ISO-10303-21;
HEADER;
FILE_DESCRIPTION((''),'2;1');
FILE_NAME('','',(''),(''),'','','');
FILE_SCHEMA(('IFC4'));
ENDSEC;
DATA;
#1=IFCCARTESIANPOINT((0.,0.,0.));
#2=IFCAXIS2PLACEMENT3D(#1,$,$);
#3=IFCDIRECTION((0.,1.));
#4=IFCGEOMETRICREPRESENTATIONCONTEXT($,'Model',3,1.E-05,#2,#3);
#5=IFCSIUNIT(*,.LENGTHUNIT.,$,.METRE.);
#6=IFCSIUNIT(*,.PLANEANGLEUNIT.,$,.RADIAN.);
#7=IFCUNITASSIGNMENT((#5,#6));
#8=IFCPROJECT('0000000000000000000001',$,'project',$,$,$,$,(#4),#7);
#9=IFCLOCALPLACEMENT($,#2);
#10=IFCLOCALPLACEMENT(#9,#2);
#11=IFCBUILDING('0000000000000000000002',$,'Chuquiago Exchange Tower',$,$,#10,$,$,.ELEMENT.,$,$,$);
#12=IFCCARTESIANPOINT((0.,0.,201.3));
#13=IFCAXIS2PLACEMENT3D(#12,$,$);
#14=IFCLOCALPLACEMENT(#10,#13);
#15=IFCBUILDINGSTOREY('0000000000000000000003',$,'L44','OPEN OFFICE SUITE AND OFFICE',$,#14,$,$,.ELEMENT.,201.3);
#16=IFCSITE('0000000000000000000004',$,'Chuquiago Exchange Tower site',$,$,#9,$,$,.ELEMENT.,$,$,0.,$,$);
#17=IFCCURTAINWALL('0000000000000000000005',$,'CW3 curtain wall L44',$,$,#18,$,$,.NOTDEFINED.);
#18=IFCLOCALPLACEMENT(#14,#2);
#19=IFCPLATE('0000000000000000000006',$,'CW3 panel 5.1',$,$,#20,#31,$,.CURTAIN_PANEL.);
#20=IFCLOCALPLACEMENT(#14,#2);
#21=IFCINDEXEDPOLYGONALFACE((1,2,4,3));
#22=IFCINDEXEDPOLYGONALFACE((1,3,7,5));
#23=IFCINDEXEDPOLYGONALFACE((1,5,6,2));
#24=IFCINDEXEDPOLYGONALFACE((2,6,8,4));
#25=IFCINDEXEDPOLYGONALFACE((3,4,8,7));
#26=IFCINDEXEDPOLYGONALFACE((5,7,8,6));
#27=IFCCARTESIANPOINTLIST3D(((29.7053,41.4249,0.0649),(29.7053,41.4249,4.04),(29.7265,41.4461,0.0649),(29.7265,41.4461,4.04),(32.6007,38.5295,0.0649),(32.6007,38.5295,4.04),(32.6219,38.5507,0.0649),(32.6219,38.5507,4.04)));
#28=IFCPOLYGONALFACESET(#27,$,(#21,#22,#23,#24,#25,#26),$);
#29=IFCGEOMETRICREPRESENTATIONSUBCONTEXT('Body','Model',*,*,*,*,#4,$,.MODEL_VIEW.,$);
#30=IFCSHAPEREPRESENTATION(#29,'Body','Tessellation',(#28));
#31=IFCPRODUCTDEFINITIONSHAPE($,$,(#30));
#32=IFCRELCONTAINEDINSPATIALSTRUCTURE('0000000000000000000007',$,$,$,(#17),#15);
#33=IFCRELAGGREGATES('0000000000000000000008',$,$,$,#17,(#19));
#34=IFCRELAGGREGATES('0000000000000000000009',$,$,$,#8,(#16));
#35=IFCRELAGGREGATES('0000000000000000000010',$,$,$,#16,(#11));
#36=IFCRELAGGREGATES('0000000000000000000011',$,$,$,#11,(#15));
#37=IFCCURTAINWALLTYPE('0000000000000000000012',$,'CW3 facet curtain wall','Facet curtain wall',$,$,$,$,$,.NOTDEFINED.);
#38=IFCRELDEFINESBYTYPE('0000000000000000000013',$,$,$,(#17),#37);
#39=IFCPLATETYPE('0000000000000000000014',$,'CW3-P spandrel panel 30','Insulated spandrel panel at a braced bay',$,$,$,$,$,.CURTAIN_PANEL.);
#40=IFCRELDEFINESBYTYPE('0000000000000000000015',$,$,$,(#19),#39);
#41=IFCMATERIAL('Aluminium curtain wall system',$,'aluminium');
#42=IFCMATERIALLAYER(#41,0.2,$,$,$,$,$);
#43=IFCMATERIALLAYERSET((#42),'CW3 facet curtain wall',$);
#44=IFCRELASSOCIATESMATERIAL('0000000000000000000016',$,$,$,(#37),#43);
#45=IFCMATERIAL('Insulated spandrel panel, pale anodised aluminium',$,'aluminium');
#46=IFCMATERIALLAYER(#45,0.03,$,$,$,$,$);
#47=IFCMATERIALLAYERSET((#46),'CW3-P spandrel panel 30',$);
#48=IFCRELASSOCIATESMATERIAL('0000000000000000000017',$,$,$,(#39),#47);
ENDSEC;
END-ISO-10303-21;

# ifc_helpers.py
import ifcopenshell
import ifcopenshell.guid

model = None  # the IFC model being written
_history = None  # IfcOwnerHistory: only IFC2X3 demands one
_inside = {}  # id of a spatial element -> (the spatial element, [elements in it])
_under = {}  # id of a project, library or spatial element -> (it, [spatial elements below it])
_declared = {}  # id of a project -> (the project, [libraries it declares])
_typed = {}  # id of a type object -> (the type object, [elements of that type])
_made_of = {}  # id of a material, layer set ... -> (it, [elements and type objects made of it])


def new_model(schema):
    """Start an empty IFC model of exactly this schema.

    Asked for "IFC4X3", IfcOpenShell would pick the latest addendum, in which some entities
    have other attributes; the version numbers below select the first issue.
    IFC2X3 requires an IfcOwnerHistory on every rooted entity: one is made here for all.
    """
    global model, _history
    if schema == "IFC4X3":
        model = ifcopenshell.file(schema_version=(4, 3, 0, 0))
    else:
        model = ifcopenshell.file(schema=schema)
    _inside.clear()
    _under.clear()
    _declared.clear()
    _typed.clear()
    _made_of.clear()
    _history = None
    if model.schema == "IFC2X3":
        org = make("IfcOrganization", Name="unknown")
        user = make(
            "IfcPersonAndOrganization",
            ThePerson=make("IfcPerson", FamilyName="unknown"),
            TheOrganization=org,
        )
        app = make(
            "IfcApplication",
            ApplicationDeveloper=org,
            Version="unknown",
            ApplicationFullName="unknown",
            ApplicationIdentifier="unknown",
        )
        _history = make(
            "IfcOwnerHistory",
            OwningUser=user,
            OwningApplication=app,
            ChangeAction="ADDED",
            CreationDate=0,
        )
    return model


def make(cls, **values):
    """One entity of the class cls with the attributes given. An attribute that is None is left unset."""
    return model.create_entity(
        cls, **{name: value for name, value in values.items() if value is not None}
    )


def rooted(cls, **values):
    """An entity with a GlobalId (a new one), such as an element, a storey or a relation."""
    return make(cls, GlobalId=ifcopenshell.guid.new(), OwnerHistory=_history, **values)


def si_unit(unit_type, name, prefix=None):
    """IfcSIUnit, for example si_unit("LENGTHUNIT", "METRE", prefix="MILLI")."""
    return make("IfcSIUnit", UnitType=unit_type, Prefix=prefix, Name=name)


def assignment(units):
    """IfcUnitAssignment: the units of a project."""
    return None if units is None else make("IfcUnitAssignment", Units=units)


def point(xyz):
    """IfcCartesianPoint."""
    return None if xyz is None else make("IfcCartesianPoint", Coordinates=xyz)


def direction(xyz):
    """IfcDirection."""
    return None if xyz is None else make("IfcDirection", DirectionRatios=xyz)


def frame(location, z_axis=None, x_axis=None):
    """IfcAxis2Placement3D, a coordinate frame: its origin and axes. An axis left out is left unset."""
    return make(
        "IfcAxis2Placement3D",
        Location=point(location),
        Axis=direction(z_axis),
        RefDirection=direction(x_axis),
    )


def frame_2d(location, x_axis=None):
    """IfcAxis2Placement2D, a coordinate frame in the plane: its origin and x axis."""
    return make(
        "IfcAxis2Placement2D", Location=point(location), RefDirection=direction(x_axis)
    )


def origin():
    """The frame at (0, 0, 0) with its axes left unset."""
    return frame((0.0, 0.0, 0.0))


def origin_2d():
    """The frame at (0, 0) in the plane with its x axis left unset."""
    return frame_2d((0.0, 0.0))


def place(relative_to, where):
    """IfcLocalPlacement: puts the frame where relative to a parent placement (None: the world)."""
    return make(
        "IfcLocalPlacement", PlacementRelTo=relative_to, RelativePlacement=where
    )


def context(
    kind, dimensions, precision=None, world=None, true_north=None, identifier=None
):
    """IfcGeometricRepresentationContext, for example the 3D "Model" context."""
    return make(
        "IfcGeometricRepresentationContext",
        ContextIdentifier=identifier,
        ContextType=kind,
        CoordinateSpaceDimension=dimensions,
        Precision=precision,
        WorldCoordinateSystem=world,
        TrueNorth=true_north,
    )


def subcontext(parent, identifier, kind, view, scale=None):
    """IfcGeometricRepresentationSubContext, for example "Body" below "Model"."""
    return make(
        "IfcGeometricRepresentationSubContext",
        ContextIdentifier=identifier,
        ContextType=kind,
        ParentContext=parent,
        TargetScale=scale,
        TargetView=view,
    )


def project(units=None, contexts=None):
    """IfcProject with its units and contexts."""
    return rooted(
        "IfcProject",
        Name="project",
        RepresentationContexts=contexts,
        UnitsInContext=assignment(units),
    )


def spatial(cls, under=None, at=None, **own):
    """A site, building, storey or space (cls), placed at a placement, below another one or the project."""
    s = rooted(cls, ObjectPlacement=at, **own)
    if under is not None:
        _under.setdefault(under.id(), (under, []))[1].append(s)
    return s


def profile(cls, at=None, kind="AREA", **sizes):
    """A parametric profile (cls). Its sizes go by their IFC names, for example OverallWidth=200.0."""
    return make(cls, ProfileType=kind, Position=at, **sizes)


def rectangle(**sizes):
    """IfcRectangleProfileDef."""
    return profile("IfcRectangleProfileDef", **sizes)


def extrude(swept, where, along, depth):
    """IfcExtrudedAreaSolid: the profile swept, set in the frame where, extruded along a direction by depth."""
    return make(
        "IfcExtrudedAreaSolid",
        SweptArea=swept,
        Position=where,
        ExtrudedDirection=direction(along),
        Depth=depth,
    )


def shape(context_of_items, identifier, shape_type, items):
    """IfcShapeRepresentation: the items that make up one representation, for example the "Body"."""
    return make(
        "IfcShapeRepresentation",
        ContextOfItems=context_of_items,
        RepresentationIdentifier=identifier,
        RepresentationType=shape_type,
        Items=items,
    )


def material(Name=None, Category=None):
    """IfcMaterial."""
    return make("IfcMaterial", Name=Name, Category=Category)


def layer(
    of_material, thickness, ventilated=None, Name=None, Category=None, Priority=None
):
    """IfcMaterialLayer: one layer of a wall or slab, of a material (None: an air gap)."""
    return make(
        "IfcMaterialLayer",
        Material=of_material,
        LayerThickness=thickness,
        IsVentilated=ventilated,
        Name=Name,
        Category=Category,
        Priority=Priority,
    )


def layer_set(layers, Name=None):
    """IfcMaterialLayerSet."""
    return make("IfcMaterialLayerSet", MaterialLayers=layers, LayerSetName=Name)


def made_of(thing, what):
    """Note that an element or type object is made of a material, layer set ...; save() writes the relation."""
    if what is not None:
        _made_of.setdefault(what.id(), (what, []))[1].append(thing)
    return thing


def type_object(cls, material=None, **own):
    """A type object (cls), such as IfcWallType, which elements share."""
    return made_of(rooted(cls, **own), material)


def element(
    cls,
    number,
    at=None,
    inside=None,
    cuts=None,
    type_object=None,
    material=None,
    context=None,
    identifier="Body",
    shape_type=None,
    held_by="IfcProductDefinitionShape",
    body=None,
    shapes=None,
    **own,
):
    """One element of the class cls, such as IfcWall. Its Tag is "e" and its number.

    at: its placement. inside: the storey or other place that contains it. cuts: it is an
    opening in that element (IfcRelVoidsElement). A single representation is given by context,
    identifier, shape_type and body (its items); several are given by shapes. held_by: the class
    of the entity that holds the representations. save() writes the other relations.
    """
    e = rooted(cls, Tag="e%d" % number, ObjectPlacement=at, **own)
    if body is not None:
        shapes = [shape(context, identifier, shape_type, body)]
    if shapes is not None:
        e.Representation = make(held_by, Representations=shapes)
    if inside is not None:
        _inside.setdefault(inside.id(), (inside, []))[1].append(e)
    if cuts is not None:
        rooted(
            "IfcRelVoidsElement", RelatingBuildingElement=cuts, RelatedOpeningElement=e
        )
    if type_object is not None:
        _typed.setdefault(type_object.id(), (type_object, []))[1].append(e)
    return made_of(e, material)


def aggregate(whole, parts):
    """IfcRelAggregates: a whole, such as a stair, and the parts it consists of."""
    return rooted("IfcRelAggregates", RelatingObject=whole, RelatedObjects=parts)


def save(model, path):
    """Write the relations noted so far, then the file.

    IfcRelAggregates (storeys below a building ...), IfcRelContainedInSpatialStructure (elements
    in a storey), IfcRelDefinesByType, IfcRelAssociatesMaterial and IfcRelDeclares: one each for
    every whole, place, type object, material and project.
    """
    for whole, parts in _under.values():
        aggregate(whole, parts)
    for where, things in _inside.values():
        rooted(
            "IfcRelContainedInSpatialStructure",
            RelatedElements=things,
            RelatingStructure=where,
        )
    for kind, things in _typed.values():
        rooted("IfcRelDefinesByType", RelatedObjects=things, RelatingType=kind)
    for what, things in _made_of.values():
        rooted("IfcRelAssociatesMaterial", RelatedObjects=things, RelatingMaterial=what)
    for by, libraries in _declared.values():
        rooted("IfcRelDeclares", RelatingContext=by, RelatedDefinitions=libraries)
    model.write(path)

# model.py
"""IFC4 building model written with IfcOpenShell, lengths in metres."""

from ifc_helpers import new_model, si_unit, direction, frame, origin, origin_2d, place, context, subcontext, project, spatial, rectangle, extrude, material, layer, layer_set, type_object, element, aggregate, save


model = new_model("IFC4")

# Units and contexts
model_context = context("Model", 3, precision=1e-05, world=origin(), true_north=direction((0.0, 1.0)))
body_context = subcontext(model_context, "Body", "Model", "MODEL_VIEW")
ifc_project = project(units=[si_unit("LENGTHUNIT", "METRE"), si_unit("PLANEANGLEUNIT", "RADIAN")], contexts=[model_context])

# Site, building, storey
site_placement = place(None, origin())
site = spatial("IfcSite", under=ifc_project, at=site_placement, Name="Chuquiago Exchange Tower site", CompositionType="ELEMENT", RefElevation=0.0)
building_placement = place(site_placement, origin())
building = spatial("IfcBuilding", under=site, at=building_placement, Name="Chuquiago Exchange Tower", CompositionType="ELEMENT")
storey_placement = place(building_placement, frame((0.0, 0.0, 201.3)))
storey = spatial("IfcBuildingStorey", under=building, at=storey_placement, Name="L44", Description="OPEN OFFICE SUITE AND OFFICE", CompositionType="ELEMENT", Elevation=201.3)

# Curtain wall
ifc_material_1 = material(Name="Aluminium curtain wall system", Category="aluminium")
ifc_layer_1 = layer(ifc_material_1, 0.2)
ifc_layer_set_1 = layer_set([ifc_layer_1], Name="CW3 facet curtain wall")
curtain_wall_type = type_object("IfcCurtainWallType", Name="CW3 facet curtain wall", Description="Facet curtain wall", PredefinedType="NOTDEFINED", material=ifc_layer_set_1)
curtain_wall_placement = place(storey_placement, origin())
curtain_wall = element("IfcCurtainWall", 1, at=curtain_wall_placement, inside=storey, type_object=curtain_wall_type, Name="CW3 curtain wall L44", PredefinedType="NOTDEFINED")

# Plate
ifc_material_2 = material(Name="Insulated spandrel panel, pale anodised aluminium", Category="aluminium")
ifc_layer_2 = layer(ifc_material_2, 0.03)
ifc_layer_set_2 = layer_set([ifc_layer_2], Name="CW3-P spandrel panel 30")
plate_type = type_object("IfcPlateType", Name="CW3-P spandrel panel 30", Description="Insulated spandrel panel at a braced bay", PredefinedType="CURTAIN_PANEL", material=ifc_layer_set_2)
plate_1_placement = place(storey_placement, frame((31.1636, 39.9878, 0.0649), z_axis=(0.0, 0.0, 1.0), x_axis=(-0.707107, 0.707107, 0.0)))
plate_1 = element("IfcPlate", 2, at=plate_1_placement, type_object=plate_type, Name="CW3 panel 5.1", PredefinedType="CURTAIN_PANEL", context=body_context, shape_type="SweptSolid", body=[
    extrude(rectangle(XDim=4.0947, YDim=0.03, at=origin_2d()), origin(), (0.0, 0.0, 1.0), 3.9751),
])
aggregate(curtain_wall, [plate_1])

save(model, "model.ifc")
